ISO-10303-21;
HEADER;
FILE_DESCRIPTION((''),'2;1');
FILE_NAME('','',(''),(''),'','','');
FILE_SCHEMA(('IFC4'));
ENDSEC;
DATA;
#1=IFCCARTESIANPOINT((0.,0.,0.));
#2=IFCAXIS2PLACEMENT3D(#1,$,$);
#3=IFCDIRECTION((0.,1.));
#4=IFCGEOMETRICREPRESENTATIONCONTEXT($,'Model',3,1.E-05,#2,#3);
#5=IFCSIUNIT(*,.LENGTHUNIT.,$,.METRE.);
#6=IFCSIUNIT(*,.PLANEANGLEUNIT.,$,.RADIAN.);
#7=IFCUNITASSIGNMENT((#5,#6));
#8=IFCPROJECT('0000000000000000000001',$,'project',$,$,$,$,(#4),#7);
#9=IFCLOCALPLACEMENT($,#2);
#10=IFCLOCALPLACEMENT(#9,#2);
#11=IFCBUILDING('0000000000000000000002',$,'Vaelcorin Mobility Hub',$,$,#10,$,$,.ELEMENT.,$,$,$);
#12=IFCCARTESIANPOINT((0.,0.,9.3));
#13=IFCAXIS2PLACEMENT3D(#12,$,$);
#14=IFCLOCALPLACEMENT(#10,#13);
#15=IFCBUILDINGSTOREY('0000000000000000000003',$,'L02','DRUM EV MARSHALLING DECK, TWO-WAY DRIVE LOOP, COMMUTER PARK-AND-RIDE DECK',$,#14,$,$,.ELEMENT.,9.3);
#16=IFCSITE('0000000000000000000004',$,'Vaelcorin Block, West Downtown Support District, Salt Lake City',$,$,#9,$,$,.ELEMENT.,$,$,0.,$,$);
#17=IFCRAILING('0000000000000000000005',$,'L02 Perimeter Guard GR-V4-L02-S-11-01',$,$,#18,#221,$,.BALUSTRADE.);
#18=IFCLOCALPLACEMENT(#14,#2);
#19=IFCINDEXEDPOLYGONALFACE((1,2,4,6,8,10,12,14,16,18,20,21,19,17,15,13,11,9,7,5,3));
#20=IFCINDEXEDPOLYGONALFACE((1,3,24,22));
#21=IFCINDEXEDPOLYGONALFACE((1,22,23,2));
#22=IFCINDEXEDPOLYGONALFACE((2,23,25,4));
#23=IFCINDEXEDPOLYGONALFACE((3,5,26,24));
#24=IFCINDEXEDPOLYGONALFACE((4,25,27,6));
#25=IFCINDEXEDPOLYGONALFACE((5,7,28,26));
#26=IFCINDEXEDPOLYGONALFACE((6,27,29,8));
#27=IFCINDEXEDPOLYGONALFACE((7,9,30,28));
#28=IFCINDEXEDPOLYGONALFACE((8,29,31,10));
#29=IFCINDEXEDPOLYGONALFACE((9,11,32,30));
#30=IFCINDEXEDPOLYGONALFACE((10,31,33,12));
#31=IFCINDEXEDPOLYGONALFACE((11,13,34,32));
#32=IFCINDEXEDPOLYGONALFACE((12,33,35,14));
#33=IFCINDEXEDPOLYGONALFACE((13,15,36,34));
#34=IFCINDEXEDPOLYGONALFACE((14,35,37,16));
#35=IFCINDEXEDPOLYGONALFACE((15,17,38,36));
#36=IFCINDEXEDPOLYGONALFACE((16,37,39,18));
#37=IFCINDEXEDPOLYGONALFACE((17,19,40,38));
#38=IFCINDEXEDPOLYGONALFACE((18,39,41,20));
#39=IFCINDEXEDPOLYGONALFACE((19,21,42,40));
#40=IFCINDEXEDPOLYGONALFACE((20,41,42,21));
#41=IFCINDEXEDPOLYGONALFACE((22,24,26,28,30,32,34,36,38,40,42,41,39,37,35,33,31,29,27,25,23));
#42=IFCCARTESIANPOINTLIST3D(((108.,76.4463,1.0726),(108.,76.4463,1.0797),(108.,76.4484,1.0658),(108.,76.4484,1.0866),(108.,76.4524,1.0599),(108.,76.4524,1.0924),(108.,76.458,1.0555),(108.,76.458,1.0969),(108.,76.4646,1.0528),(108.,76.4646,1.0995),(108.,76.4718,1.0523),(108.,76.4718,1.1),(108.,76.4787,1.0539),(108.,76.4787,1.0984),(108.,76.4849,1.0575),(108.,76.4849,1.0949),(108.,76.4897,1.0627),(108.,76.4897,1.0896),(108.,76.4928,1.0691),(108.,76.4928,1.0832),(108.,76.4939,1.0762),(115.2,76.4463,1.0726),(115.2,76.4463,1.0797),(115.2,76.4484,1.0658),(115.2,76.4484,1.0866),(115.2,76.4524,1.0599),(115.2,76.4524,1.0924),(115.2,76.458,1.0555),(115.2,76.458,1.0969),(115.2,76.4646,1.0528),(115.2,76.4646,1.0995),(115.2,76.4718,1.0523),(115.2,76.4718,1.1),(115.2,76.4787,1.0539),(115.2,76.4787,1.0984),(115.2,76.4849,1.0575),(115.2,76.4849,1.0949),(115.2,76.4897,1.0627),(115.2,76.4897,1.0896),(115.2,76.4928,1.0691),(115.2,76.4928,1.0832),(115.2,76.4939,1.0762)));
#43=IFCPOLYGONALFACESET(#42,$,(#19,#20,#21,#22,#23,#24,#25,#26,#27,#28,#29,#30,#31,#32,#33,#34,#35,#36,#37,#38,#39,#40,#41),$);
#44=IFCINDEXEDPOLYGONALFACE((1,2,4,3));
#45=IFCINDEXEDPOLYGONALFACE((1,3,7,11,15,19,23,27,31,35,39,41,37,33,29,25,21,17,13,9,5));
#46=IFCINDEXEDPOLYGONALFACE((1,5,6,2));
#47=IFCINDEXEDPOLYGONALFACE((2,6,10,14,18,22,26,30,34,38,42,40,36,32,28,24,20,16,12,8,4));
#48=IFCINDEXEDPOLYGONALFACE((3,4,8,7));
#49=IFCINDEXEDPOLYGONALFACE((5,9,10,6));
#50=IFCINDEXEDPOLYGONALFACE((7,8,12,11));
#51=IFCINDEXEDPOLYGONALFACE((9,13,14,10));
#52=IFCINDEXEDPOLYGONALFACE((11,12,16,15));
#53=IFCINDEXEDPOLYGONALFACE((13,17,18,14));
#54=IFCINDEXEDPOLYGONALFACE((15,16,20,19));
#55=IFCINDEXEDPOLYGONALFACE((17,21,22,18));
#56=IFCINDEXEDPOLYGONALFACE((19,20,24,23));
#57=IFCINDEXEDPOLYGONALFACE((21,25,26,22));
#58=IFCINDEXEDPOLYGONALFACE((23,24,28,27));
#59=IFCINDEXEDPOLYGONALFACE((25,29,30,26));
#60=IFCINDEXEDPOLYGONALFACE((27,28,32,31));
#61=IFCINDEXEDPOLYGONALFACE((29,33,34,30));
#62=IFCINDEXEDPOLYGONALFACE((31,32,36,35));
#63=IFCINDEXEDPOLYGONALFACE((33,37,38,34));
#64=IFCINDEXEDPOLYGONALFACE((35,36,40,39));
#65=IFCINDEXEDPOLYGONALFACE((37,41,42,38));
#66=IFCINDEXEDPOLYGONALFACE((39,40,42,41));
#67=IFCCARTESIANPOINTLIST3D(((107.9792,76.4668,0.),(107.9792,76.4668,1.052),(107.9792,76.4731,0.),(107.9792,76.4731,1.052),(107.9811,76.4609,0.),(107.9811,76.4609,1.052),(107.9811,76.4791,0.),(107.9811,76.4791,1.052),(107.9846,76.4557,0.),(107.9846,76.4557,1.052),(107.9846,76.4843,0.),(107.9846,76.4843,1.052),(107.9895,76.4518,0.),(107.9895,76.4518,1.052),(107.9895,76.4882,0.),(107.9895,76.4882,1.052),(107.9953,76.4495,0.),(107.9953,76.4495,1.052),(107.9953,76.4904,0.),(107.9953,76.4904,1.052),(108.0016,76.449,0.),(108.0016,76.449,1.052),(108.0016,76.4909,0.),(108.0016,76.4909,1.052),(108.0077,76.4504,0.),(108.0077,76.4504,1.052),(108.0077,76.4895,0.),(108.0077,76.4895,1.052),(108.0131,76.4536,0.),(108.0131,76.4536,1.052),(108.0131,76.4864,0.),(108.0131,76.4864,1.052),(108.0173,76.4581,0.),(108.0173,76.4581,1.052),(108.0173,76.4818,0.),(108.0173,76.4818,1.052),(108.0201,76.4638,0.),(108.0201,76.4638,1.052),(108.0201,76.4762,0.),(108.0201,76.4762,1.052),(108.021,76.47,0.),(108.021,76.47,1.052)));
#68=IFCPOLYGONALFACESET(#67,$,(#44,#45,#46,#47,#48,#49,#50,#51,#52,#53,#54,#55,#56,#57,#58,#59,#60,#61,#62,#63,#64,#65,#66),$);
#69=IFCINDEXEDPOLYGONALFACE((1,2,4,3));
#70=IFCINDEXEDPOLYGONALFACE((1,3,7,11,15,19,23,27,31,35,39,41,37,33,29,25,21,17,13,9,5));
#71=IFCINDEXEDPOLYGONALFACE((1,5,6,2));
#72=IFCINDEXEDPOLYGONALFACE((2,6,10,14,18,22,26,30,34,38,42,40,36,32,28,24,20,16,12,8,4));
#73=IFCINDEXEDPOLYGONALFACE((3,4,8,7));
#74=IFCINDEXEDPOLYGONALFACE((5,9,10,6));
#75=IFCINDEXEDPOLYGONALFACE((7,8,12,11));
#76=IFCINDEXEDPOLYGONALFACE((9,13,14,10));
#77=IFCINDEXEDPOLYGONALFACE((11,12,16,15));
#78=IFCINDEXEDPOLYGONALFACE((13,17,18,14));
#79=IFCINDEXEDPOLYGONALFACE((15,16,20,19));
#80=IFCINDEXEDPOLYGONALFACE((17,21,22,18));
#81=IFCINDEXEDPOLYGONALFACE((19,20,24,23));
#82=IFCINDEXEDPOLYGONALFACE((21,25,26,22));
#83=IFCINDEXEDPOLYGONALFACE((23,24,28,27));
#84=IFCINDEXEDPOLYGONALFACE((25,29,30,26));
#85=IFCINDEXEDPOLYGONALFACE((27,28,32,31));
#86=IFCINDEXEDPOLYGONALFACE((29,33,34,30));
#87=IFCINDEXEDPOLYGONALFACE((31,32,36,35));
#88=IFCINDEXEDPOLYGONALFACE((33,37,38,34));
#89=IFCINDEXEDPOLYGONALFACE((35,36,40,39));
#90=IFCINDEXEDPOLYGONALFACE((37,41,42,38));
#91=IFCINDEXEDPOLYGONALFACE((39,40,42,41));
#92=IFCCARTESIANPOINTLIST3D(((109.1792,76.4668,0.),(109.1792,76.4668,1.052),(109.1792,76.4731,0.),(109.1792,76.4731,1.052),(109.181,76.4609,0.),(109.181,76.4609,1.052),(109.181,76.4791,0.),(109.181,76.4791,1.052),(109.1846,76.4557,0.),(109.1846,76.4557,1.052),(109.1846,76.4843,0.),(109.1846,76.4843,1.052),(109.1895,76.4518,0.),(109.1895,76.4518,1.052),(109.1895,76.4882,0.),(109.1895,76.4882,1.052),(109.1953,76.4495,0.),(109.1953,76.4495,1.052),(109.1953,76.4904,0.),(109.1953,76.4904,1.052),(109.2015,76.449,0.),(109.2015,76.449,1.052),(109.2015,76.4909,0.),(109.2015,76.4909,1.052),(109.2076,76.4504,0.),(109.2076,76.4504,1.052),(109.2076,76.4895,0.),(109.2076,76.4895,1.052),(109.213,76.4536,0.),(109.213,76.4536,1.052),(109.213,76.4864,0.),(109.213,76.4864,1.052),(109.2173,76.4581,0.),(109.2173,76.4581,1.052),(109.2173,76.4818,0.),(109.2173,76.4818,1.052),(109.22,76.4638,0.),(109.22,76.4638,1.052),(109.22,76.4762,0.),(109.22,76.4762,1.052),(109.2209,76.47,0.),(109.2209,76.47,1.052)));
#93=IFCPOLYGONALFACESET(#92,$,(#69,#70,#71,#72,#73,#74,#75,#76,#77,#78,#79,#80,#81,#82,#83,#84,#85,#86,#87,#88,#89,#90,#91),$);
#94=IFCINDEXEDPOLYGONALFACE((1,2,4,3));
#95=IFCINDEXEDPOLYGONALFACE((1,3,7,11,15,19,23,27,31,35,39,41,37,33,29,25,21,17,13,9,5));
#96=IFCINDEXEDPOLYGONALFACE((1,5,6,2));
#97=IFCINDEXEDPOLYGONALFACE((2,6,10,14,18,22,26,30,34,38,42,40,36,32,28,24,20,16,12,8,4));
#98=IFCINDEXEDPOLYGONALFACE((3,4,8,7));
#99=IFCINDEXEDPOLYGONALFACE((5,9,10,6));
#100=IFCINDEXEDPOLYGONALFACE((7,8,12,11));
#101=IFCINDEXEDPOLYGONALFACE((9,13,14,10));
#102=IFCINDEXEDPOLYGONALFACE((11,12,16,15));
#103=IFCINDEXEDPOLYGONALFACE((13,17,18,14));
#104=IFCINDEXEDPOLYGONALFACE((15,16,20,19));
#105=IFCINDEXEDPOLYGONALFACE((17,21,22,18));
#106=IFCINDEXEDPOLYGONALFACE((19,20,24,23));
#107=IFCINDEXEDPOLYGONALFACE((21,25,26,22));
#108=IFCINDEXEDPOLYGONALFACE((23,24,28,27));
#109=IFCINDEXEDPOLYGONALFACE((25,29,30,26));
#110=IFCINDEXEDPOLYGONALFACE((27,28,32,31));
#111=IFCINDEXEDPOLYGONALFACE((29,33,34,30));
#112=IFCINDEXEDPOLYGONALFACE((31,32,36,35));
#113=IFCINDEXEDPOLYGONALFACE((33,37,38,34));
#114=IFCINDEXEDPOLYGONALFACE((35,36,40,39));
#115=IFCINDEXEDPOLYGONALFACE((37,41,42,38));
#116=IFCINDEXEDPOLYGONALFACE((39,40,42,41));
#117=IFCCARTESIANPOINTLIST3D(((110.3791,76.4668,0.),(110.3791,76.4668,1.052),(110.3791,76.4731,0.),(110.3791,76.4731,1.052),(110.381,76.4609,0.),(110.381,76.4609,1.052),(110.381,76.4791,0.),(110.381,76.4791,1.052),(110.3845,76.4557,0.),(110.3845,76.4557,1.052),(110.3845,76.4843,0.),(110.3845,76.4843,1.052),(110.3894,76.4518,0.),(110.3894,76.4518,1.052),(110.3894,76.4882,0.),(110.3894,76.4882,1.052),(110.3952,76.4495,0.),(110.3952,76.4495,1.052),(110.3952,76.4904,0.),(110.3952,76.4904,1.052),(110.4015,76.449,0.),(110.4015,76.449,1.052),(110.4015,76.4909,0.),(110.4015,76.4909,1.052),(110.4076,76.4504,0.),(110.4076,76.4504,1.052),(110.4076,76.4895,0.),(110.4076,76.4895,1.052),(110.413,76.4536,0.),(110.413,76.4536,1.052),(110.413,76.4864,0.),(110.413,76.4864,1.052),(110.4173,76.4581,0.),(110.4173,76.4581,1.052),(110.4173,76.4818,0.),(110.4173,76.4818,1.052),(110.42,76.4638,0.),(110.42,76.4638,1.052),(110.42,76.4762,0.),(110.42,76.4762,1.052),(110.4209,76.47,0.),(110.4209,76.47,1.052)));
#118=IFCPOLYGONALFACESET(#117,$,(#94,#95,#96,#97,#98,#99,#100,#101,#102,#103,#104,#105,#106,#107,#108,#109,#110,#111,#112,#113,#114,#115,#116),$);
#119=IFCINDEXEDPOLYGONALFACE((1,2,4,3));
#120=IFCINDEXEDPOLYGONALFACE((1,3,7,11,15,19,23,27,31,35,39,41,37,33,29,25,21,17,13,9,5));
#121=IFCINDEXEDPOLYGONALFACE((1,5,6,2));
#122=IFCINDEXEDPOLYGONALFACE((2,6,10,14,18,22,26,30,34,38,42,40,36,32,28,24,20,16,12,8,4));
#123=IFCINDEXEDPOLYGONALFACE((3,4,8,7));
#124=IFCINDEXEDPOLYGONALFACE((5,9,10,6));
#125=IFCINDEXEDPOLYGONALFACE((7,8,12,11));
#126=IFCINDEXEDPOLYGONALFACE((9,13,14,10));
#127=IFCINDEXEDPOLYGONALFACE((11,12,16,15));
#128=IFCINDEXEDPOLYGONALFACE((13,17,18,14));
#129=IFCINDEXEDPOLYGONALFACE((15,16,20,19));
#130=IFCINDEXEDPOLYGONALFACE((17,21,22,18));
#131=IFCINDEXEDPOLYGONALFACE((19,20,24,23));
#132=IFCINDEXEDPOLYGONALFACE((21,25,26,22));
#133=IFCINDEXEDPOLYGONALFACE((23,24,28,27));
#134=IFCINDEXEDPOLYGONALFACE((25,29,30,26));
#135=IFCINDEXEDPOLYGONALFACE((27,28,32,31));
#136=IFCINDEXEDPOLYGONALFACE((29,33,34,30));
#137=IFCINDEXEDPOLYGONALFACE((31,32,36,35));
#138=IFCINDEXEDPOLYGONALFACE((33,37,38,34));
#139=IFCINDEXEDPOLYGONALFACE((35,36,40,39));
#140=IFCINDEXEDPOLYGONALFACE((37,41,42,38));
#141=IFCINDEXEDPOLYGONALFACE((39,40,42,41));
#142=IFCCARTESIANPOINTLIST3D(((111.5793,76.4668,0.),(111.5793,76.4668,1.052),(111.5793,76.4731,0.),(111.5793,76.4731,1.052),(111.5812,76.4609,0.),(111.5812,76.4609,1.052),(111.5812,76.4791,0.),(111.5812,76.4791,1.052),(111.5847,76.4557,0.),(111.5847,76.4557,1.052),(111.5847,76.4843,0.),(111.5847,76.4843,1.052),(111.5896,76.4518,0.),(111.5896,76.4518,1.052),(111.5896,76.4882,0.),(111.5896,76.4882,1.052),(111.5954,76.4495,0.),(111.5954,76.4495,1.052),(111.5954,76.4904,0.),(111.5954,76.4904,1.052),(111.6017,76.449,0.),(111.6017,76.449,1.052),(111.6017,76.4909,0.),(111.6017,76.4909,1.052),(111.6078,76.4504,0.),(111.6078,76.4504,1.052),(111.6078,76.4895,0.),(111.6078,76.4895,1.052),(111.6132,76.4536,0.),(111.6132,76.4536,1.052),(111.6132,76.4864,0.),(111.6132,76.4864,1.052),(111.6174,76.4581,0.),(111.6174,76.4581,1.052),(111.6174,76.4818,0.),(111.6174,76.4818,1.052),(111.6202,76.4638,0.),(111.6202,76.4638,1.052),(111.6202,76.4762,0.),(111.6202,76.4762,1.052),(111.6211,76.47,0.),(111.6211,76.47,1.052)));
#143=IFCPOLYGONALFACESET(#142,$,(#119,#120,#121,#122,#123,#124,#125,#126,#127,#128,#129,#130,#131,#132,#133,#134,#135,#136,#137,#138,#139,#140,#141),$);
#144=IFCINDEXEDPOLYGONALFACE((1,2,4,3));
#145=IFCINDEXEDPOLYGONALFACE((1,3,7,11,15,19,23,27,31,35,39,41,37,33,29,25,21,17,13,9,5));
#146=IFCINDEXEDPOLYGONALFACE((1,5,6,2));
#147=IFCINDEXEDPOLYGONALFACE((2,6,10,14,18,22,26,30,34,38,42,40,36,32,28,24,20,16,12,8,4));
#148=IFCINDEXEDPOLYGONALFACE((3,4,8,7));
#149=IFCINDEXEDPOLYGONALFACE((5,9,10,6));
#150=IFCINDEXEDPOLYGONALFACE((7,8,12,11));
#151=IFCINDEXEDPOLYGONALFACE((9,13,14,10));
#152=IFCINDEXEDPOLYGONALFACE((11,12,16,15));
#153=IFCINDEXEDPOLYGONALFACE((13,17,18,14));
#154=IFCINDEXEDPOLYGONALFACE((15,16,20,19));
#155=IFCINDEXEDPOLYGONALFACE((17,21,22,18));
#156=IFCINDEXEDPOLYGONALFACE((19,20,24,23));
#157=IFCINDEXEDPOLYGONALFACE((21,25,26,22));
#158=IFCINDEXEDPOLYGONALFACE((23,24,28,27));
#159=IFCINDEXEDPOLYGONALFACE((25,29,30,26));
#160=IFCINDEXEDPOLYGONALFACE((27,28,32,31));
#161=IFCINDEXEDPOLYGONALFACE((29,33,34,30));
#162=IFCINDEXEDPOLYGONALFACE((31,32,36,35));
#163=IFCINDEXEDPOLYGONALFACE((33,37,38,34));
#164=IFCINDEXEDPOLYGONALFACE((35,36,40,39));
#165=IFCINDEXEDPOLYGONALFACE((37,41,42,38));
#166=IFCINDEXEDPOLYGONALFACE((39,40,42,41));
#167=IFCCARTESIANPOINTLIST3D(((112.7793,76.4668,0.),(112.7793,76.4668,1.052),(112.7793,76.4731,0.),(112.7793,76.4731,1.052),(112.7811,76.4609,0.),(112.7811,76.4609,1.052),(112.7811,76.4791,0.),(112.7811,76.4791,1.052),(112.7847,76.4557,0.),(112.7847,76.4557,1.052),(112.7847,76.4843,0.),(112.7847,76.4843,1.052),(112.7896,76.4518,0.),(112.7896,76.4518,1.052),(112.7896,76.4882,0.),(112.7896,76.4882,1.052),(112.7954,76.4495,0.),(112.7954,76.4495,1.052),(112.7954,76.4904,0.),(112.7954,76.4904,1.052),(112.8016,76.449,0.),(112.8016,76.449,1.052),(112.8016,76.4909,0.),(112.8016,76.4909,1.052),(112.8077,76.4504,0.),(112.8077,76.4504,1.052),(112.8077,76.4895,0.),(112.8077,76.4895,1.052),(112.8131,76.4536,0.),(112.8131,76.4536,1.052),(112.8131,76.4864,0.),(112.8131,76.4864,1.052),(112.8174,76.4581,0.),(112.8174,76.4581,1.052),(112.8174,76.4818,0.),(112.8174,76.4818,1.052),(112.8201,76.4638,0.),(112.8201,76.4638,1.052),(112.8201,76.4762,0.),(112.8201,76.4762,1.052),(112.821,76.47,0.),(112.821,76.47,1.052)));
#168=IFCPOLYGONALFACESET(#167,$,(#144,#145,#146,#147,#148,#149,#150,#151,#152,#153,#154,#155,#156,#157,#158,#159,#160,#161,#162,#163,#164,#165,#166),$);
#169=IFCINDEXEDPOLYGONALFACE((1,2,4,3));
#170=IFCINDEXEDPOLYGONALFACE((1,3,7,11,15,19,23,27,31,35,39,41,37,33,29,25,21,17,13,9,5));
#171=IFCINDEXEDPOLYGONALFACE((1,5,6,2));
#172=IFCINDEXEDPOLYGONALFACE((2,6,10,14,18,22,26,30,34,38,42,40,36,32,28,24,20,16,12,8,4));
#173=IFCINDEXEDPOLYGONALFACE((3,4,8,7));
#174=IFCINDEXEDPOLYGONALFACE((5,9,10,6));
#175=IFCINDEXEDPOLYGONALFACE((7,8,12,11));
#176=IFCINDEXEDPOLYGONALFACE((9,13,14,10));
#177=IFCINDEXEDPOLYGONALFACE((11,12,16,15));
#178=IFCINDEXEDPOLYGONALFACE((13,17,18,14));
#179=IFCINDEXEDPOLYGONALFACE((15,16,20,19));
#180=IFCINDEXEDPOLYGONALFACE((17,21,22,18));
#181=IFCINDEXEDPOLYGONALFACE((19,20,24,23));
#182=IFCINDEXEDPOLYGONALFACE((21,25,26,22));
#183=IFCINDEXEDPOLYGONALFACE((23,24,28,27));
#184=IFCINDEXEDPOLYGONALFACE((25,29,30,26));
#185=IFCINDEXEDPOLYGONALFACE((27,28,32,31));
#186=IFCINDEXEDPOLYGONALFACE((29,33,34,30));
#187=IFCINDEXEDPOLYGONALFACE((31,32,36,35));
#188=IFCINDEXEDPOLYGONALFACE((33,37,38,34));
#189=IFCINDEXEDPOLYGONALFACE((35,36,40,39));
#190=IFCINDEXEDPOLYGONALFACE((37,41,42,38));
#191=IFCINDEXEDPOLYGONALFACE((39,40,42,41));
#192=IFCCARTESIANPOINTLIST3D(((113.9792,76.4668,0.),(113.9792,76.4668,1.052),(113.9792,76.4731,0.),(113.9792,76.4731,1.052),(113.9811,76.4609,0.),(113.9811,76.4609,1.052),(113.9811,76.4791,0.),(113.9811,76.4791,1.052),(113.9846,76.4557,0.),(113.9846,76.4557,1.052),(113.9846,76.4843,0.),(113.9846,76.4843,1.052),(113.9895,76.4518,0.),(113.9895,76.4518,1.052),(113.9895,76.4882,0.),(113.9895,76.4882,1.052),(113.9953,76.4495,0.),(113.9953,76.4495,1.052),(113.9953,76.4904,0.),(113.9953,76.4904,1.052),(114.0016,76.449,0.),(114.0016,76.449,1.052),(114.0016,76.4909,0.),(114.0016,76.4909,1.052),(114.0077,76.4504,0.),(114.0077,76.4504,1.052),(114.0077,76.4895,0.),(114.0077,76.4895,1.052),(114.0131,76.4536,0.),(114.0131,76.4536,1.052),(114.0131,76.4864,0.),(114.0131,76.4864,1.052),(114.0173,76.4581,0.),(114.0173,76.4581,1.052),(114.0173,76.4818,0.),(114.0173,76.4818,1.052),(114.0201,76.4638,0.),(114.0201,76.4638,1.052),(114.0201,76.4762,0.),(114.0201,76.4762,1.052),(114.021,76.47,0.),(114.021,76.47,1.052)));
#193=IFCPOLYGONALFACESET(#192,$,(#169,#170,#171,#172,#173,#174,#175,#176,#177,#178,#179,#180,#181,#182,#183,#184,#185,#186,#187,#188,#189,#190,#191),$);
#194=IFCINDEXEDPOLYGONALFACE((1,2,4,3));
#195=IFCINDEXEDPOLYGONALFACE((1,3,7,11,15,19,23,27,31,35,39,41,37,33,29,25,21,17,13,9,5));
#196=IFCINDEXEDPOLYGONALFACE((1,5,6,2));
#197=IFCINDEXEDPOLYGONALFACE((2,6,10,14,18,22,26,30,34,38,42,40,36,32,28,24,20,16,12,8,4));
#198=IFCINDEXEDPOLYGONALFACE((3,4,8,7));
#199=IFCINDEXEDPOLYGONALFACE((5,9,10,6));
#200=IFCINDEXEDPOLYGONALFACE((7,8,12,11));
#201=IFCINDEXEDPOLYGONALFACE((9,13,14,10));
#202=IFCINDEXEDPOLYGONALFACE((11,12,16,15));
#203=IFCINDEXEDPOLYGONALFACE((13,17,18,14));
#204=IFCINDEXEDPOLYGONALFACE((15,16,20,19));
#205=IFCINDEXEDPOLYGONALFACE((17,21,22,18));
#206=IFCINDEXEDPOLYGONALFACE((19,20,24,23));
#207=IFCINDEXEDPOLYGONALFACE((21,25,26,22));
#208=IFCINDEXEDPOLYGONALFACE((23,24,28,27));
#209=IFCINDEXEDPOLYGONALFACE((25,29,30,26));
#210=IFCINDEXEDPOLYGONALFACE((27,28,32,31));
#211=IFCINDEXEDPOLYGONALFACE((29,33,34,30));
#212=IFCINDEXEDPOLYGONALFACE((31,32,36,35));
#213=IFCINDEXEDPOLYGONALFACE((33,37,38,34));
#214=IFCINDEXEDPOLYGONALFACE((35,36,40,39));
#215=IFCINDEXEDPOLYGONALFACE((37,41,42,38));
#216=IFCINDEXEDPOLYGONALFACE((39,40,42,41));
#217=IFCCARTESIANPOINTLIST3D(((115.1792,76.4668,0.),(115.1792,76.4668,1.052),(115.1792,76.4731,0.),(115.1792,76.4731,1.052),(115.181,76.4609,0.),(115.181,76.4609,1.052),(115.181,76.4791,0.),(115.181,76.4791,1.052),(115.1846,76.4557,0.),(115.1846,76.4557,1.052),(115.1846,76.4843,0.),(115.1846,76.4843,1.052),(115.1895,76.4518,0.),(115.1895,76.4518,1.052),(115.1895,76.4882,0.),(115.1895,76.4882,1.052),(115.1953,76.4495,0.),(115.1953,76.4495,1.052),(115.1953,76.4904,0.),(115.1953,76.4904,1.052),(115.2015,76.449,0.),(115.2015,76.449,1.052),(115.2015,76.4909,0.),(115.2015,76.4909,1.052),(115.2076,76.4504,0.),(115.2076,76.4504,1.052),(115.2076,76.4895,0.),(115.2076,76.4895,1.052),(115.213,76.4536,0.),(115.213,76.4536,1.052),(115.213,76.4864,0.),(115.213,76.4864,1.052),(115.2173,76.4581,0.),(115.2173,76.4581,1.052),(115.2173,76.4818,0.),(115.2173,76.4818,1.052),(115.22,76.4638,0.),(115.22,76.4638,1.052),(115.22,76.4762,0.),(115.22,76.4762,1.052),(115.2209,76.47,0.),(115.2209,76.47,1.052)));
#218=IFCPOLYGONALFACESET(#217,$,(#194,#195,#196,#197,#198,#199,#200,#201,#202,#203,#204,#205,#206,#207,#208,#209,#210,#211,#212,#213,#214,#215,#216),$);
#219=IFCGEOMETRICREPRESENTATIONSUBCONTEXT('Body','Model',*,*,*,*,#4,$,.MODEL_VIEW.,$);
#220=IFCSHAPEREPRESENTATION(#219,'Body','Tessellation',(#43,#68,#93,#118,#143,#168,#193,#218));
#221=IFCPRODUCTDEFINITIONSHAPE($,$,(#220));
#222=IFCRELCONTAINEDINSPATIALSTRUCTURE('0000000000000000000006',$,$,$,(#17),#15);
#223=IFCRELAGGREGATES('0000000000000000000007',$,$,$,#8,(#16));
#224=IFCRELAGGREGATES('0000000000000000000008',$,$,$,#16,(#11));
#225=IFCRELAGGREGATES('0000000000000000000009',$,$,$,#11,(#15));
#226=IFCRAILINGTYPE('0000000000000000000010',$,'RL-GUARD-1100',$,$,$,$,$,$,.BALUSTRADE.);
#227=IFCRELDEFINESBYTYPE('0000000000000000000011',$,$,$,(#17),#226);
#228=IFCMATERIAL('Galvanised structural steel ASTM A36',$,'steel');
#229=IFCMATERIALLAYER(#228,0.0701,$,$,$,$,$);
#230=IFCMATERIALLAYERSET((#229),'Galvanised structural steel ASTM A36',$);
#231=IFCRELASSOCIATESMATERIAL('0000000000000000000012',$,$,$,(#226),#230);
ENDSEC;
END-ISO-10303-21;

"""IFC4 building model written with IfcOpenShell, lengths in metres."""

from ifc_helpers import new_model, si_unit, direction, frame, origin, origin_2d, place, context, subcontext, project, spatial, circle, extrude, material, layer, layer_set, type_object, element, save


model = new_model("IFC4")

# Units and contexts
model_context = context("Model", 3, precision=1e-05, world=origin(), true_north=direction((0.0, 1.0)))
body_context = subcontext(model_context, "Body", "Model", "MODEL_VIEW")
ifc_project = project(units=[si_unit("LENGTHUNIT", "METRE"), si_unit("PLANEANGLEUNIT", "RADIAN")], contexts=[model_context])

# Site, building, storey
site_placement = place(None, origin())
site = spatial("IfcSite", under=ifc_project, at=site_placement, Name="Vaelcorin Block, West Downtown Support District, Salt Lake City", CompositionType="ELEMENT", RefElevation=0.0)
building_placement = place(site_placement, origin())
building = spatial("IfcBuilding", under=site, at=building_placement, Name="Vaelcorin Mobility Hub", CompositionType="ELEMENT")
storey_placement = place(building_placement, frame((0.0, 0.0, 9.3)))
storey = spatial("IfcBuildingStorey", under=building, at=storey_placement, Name="L02", Description="DRUM EV MARSHALLING DECK, TWO-WAY DRIVE LOOP, COMMUTER PARK-AND-RIDE DECK", CompositionType="ELEMENT", Elevation=9.3)

# Railing
ifc_material_1 = material(Name="Galvanised structural steel ASTM A36", Category="steel")
ifc_layer = layer(ifc_material_1, 0.0701)
ifc_layer_set = layer_set([ifc_layer], Name="Galvanised structural steel ASTM A36")
railing_type = type_object("IfcRailingType", Name="RL-GUARD-1100", PredefinedType="BALUSTRADE", material=ifc_layer_set)
railing_1_placement = place(storey_placement, frame((108.0, 76.47, 0.0)))
element("IfcRailing", 1, at=railing_1_placement, inside=storey, type_object=railing_type, Name="L02 Perimeter Guard GR-V4-L02-S-11-01", PredefinedType="BALUSTRADE", context=body_context, shape_type="SweptSolid", body=[
    extrude(circle(Radius=0.0239, at=origin_2d()), frame((0.0, 0.0, 1.0762), z_axis=(1.0, 0.0, 0.0), x_axis=(0.0, 1.0, 0.0)), (0.0, 0.0, 1.0), 7.2),
    extrude(circle(Radius=0.021, at=origin_2d()), origin(), (0.0, 0.0, 1.0), 1.052),
    extrude(circle(Radius=0.021, at=origin_2d()), frame((1.2, 0.0, 0.0)), (0.0, 0.0, 1.0), 1.052),
    extrude(circle(Radius=0.021, at=origin_2d()), frame((2.3999, 0.0, 0.0)), (0.0, 0.0, 1.0), 1.052),
    extrude(circle(Radius=0.021, at=origin_2d()), frame((3.6001, 0.0, 0.0)), (0.0, 0.0, 1.0), 1.052),
    extrude(circle(Radius=0.021, at=origin_2d()), frame((4.8, 0.0, 0.0)), (0.0, 0.0, 1.0), 1.052),
    extrude(circle(Radius=0.021, at=origin_2d()), frame((6.0, 0.0, 0.0)), (0.0, 0.0, 1.0), 1.052),
    extrude(circle(Radius=0.021, at=origin_2d()), frame((7.2, 0.0, 0.0)), (0.0, 0.0, 1.0), 1.052),
])

save(model, "model.ifc")
